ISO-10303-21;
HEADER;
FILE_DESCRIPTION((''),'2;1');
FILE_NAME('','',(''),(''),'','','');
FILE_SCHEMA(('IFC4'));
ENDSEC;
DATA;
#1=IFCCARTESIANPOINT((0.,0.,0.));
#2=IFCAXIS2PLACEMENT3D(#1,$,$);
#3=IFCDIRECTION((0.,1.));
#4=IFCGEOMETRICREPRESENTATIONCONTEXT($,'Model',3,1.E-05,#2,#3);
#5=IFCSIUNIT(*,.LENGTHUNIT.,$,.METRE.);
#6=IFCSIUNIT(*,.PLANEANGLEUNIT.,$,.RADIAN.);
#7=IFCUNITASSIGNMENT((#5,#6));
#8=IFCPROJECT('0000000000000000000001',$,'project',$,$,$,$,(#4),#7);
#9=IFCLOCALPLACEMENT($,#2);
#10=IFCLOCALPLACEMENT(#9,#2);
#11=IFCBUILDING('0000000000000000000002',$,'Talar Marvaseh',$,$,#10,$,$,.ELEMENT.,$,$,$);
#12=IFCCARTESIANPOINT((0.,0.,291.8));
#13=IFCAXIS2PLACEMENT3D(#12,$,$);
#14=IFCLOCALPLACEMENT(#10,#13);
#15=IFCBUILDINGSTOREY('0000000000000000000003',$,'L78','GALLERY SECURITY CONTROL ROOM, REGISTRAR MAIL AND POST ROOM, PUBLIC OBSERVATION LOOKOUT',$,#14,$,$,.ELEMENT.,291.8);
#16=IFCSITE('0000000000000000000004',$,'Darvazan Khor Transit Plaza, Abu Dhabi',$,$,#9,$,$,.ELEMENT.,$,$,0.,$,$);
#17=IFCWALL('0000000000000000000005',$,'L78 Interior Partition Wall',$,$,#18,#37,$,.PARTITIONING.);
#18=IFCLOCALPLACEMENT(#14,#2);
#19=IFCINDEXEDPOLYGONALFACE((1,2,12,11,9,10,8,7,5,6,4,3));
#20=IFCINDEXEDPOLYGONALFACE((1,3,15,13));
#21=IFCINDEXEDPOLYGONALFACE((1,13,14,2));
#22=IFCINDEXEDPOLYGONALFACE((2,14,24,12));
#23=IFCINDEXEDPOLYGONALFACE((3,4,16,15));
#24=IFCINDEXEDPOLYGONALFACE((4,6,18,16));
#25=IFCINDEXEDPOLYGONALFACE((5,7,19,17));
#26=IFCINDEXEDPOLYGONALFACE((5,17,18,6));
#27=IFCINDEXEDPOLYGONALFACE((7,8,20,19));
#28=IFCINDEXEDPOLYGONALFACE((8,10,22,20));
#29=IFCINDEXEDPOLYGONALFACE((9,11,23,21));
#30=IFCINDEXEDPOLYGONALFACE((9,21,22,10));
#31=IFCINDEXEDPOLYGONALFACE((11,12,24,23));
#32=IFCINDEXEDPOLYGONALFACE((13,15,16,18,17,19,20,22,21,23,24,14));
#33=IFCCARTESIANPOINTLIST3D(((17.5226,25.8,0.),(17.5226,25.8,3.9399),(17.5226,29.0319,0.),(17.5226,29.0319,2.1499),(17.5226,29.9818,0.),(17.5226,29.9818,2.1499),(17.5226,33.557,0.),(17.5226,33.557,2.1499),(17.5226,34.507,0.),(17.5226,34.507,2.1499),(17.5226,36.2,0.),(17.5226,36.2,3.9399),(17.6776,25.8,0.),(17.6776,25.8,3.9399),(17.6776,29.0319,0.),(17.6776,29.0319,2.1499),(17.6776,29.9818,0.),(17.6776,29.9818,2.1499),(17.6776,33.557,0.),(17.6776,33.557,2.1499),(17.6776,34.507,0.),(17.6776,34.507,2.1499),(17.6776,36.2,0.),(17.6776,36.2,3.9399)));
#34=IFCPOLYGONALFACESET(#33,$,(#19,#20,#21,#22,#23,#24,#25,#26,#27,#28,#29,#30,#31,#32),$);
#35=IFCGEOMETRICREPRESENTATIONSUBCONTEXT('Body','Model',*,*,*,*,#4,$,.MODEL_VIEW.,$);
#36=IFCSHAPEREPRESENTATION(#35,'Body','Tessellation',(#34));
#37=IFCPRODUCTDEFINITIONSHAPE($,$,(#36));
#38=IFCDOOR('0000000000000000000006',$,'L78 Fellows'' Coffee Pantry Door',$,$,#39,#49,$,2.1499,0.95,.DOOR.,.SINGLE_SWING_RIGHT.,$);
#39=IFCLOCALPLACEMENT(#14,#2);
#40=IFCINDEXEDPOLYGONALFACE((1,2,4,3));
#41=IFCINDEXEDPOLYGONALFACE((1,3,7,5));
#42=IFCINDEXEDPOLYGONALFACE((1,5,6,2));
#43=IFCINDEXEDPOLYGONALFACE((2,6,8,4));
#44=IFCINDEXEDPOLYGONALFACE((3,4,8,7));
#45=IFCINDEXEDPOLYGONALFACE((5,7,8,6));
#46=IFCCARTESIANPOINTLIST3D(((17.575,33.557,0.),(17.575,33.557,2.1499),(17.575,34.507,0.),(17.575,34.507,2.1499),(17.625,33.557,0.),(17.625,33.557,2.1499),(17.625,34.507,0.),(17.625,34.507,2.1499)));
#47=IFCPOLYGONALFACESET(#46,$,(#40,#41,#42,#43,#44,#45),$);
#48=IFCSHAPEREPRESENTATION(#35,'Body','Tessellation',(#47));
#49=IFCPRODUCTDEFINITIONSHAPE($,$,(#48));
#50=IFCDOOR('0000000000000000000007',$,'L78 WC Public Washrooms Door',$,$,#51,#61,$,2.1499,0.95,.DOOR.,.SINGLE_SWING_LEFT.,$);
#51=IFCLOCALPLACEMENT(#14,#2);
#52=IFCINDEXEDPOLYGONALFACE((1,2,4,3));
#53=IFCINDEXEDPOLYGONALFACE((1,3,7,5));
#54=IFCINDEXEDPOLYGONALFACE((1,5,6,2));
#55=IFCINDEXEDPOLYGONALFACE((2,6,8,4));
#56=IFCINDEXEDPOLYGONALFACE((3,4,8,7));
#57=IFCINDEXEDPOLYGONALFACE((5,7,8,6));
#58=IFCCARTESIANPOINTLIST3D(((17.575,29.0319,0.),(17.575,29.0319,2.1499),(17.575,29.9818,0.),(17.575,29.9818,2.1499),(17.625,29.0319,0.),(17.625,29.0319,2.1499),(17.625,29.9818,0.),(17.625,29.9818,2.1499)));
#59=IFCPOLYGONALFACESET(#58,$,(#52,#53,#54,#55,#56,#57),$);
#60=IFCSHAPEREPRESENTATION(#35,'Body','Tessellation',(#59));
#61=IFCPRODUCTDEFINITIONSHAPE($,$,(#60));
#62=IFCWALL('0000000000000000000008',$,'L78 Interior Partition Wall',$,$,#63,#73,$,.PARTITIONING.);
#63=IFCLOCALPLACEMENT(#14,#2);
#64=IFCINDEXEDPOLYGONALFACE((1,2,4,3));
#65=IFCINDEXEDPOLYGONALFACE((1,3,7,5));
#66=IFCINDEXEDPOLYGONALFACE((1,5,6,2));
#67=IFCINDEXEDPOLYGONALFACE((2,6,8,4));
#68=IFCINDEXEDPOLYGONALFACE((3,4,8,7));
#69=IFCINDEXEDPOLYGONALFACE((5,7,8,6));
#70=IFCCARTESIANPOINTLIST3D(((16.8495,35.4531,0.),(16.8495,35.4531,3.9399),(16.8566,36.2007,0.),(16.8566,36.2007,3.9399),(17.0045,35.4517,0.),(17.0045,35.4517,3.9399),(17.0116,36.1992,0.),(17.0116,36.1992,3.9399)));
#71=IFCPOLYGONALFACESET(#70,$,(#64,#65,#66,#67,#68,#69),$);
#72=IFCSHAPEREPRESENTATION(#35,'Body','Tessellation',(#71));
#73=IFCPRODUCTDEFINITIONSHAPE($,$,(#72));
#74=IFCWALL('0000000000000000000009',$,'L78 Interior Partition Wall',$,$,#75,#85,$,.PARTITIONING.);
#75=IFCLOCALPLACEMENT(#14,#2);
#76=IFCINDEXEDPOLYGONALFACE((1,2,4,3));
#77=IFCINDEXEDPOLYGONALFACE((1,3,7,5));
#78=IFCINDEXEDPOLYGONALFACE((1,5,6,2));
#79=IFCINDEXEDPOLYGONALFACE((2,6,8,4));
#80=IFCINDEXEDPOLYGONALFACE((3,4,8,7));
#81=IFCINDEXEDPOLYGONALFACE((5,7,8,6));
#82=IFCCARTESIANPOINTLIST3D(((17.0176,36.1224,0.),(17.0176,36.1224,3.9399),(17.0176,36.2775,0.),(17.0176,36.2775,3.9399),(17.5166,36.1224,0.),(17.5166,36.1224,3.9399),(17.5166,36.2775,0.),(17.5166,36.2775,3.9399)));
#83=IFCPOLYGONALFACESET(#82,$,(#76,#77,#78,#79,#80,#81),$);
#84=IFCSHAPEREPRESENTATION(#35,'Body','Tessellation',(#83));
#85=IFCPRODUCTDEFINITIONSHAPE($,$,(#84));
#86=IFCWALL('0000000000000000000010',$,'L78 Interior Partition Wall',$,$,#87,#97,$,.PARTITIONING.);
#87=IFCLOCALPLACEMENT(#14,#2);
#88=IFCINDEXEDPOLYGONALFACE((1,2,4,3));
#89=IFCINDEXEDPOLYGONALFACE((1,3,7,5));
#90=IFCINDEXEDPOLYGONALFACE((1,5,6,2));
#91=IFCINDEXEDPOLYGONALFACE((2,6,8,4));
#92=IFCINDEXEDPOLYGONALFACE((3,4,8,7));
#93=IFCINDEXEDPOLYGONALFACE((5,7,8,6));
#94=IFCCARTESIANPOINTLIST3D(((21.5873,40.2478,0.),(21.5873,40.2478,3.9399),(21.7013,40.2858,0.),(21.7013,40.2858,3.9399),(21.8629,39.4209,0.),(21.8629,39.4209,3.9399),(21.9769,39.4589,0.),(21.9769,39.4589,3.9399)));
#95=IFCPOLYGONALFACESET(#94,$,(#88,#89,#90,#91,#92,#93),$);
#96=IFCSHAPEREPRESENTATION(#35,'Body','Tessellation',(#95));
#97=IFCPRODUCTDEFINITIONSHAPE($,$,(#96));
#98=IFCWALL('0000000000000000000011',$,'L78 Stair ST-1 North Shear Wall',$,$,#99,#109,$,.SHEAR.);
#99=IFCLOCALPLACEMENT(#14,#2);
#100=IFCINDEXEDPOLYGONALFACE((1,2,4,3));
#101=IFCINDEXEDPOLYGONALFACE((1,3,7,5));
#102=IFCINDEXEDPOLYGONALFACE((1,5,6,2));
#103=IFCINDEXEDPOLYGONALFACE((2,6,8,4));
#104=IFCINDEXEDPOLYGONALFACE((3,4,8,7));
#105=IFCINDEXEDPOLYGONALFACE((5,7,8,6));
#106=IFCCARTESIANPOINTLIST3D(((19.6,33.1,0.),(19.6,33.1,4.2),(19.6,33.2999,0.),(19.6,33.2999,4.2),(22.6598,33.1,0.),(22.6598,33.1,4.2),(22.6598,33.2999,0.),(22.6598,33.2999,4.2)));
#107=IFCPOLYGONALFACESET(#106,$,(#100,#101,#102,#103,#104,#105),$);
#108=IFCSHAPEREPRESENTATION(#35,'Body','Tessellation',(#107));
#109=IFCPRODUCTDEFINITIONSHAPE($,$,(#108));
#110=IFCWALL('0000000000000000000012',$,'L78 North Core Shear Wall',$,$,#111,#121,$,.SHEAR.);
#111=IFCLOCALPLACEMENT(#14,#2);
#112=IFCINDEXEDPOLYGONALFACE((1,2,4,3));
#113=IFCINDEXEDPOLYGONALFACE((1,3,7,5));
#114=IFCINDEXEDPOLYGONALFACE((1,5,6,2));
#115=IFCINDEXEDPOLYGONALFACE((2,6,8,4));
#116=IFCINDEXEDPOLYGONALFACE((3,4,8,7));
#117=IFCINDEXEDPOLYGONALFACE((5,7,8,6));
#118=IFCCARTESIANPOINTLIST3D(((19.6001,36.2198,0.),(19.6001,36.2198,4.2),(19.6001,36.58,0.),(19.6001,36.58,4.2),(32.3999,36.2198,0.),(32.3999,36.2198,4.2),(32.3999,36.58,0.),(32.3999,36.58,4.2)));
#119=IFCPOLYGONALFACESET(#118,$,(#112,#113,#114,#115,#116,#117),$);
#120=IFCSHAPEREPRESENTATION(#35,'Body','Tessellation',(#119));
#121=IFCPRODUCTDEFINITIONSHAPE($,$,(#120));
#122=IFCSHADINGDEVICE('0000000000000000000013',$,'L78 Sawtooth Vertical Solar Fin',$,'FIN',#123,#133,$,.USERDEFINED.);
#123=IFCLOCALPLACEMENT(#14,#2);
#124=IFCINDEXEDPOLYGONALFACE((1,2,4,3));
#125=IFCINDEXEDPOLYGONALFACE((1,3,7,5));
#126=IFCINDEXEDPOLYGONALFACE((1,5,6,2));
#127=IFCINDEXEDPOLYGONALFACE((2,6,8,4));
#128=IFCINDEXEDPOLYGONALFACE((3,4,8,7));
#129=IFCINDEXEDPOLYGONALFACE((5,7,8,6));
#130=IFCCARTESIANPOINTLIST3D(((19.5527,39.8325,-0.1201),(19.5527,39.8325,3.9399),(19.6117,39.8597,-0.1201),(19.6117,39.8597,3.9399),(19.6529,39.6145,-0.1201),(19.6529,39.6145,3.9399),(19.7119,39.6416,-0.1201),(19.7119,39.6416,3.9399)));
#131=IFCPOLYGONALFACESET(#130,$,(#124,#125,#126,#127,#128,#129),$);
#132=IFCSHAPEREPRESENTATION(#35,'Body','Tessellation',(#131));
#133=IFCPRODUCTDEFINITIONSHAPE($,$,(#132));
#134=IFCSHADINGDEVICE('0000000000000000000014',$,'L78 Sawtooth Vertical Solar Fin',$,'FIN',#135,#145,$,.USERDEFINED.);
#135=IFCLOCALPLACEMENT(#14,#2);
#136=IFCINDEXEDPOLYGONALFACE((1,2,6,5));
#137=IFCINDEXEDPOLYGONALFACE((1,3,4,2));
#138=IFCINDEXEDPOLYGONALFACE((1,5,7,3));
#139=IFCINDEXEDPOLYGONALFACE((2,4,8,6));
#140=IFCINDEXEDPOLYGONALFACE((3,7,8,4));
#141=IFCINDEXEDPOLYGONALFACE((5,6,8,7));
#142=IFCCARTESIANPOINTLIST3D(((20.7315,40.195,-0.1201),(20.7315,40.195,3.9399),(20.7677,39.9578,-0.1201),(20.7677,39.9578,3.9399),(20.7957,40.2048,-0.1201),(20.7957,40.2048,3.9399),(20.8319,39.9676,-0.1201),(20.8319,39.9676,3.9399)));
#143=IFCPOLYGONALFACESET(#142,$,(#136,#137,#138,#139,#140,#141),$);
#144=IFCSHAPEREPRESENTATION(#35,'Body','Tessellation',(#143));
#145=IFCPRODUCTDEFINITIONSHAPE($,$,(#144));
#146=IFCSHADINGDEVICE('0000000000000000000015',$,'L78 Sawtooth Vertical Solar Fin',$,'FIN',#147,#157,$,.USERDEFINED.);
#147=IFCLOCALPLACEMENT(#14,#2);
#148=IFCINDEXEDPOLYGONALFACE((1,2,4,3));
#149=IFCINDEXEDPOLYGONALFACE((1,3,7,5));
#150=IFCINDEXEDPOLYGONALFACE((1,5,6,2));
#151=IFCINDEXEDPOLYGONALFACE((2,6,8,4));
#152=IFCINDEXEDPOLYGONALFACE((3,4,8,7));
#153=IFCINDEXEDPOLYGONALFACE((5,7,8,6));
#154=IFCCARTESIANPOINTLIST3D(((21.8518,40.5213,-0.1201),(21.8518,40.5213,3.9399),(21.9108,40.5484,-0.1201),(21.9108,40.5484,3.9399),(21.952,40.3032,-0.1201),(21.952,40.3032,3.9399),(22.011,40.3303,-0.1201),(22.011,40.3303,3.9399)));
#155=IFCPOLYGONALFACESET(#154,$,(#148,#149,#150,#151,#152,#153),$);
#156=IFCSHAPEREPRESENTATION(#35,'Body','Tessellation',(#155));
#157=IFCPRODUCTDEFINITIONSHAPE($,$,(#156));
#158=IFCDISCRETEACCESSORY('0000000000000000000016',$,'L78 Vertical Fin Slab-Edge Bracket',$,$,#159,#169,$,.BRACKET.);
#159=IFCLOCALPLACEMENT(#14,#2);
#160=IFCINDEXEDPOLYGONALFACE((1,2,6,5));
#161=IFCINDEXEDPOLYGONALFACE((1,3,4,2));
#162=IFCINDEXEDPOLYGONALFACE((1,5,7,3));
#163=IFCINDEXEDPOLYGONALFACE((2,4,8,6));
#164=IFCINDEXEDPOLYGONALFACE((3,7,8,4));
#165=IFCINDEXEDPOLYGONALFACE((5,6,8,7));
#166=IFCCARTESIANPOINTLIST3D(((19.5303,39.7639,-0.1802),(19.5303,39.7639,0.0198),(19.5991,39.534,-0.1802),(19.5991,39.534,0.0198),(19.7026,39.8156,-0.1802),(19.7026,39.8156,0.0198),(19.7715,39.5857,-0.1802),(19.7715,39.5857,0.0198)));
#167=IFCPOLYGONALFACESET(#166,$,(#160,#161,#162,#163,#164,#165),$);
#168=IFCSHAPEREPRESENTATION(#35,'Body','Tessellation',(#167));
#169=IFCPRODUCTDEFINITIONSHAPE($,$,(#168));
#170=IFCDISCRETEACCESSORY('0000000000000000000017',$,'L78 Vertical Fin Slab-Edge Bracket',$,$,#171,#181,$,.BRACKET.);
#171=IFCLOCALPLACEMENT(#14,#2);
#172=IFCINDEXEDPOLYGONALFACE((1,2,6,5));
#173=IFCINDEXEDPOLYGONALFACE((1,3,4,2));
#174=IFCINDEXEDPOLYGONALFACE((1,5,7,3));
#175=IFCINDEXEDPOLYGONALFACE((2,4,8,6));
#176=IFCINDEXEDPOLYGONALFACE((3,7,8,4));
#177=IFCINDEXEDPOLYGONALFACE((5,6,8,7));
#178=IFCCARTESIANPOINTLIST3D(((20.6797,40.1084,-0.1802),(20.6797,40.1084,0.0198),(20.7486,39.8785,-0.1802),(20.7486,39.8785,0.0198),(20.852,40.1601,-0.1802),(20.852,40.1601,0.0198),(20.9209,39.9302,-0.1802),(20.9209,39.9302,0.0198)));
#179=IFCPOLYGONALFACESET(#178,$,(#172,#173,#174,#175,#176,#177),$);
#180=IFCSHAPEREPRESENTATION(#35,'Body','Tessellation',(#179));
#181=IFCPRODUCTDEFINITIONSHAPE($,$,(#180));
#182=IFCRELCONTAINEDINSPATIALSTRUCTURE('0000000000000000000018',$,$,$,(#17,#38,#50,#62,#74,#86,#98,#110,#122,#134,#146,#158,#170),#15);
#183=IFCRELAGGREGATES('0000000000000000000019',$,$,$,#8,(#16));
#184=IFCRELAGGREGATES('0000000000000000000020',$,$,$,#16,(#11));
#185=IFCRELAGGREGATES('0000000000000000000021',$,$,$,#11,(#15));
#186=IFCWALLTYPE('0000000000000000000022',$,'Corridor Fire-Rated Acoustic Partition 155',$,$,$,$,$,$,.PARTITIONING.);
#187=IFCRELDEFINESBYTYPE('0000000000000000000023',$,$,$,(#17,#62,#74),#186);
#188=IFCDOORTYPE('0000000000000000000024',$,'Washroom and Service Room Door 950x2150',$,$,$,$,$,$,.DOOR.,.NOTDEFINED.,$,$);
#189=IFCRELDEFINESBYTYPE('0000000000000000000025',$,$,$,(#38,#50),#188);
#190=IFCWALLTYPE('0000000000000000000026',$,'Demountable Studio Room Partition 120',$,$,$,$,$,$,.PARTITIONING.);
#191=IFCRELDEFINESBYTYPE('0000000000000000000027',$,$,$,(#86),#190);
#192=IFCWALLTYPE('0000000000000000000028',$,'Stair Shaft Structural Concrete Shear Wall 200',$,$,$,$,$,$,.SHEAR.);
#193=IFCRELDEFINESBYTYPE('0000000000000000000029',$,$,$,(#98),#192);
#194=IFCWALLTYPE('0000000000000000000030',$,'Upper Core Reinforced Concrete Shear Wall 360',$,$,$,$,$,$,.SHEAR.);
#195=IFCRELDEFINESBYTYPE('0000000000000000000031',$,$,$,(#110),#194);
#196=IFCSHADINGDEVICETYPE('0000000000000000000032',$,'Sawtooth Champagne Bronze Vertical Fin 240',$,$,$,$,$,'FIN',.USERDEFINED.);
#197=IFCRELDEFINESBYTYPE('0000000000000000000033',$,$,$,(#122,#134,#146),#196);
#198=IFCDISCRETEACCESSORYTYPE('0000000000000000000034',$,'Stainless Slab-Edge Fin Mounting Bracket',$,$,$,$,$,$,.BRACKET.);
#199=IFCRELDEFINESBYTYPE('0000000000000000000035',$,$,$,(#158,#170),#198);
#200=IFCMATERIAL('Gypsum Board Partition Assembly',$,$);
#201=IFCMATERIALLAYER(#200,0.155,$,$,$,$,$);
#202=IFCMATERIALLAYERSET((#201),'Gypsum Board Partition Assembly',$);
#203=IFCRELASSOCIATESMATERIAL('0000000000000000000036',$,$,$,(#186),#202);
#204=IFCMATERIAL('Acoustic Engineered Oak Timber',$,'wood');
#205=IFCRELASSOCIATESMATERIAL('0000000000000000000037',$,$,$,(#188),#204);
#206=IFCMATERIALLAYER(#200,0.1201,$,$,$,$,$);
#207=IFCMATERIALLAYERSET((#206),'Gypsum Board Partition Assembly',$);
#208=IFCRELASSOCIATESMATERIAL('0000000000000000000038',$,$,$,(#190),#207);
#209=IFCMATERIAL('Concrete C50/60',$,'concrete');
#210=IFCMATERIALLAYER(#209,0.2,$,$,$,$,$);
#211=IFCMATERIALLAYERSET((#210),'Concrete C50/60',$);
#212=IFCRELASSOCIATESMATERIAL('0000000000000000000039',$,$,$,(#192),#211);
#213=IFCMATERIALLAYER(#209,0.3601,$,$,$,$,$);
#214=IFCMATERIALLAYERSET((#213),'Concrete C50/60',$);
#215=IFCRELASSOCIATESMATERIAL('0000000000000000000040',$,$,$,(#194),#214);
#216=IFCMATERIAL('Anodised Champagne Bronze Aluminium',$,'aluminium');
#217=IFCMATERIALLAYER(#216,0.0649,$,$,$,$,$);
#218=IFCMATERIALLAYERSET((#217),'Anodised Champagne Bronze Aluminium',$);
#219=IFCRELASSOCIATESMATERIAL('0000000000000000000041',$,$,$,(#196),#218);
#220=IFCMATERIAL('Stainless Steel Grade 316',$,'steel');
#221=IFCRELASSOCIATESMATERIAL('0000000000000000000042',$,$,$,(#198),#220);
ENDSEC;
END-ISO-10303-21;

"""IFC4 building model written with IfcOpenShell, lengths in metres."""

from ifc_helpers import new_model, si_unit, direction, frame, frame_2d, origin, origin_2d, place, context, subcontext, project, spatial, rectangle, extrude, source, transform, mapped, material, layer, layer_set, type_object, type_shapes, element, fill, save


model = new_model("IFC4")

# Units and contexts
model_context = context("Model", 3, precision=1e-05, world=origin(), true_north=direction((0.0, 1.0)))
body_context = subcontext(model_context, "Body", "Model", "MODEL_VIEW")
ifc_project = project(units=[si_unit("LENGTHUNIT", "METRE"), si_unit("PLANEANGLEUNIT", "RADIAN")], contexts=[model_context])

# Site, building, storey
site_placement = place(None, origin())
site = spatial("IfcSite", under=ifc_project, at=site_placement, Name="Darvazan Khor Transit Plaza, Abu Dhabi", CompositionType="ELEMENT", RefElevation=0.0)
building_placement = place(site_placement, origin())
building = spatial("IfcBuilding", under=site, at=building_placement, Name="Talar Marvaseh", CompositionType="ELEMENT")
storey_placement = place(building_placement, frame((0.0, 0.0, 291.8)))
storey = spatial("IfcBuildingStorey", under=building, at=storey_placement, Name="L78", Description="GALLERY SECURITY CONTROL ROOM, REGISTRAR MAIL AND POST ROOM, PUBLIC OBSERVATION LOOKOUT", CompositionType="ELEMENT", Elevation=291.8)

# Shared definitions
ifc_material_1 = material(Name="Concrete C50/60", Category="concrete")

# Wall, openings, doors
ifc_material_2 = material(Name="Gypsum Board Partition Assembly")
ifc_layer_1 = layer(ifc_material_2, 0.155)
ifc_layer_set_1 = layer_set([ifc_layer_1], Name="Gypsum Board Partition Assembly")
wall_type_1 = type_object("IfcWallType", Name="Corridor Fire-Rated Acoustic Partition 155", PredefinedType="PARTITIONING", material=ifc_layer_set_1)
wall_1_placement = place(storey_placement, frame((17.6001, 36.2, 0.0), z_axis=(0.0, 0.0, 1.0), x_axis=(0.0, -1.0, 0.0)))
wall_1 = element("IfcWall", 1, at=wall_1_placement, inside=storey, type_object=wall_type_1, Name="L78 Interior Partition Wall", PredefinedType="PARTITIONING", context=body_context, shape_type="SweptSolid", body=[
    extrude(rectangle(XDim=10.3999, YDim=0.155, at=frame_2d((5.2, 0.0))), origin(), (0.0, 0.0, 1.0), 3.9399),
])
opening_1_placement = place(wall_1_placement, frame((1.6929, 0.0, 0.0)))
opening_1 = element("IfcOpeningElement", 2, at=opening_1_placement, cuts=wall_1, PredefinedType="OPENING", context=body_context, shape_type="SweptSolid", body=[
    extrude(rectangle(XDim=0.95, YDim=2.1499, at=frame_2d((0.4751, 1.075))), frame((0.0, 0.0874, 0.0), z_axis=(0.0, -1.0, 0.0), x_axis=(1.0, 0.0, 0.0)), (0.0, 0.0, 1.0), 0.175),
])
opening_2_placement = place(wall_1_placement, frame((6.218, 0.0, 0.0)))
opening_2 = element("IfcOpeningElement", 3, at=opening_2_placement, cuts=wall_1, PredefinedType="OPENING", context=body_context, shape_type="SweptSolid", body=[
    extrude(rectangle(XDim=0.95, YDim=2.1499, at=frame_2d((0.4751, 1.075))), frame((0.0, 0.0874, 0.0), z_axis=(0.0, -1.0, 0.0), x_axis=(1.0, 0.0, 0.0)), (0.0, 0.0, 1.0), 0.175),
])
ifc_material_3 = material(Name="Acoustic Engineered Oak Timber", Category="wood")
door_type = type_object("IfcDoorType", Name="Washroom and Service Room Door 950x2150", OperationType="NOTDEFINED", PredefinedType="DOOR", material=ifc_material_3)
shared_shape_1 = source(origin(), body_context, "Body", "SweptSolid", [
    extrude(rectangle(XDim=0.95, YDim=2.1499, at=frame_2d((0.4751, 1.075))), frame((0.0, 0.0249, 0.0), z_axis=(0.0, -1.0, 0.0), x_axis=(1.0, 0.0, 0.0)), (0.0, 0.0, 1.0), 0.05),
])
type_shapes(door_type, [shared_shape_1])
door_1_placement = place(opening_1_placement, origin())
door_1 = element("IfcDoor", 4, at=door_1_placement, inside=storey, type_object=door_type, Name="L78 Fellows' Coffee Pantry Door", OperationType="SINGLE_SWING_RIGHT", OverallHeight=2.1499, OverallWidth=0.95, PredefinedType="DOOR", context=body_context, shape_type="MappedRepresentation", body=[
    mapped(shared_shape_1, transform((0.0, 0.0, 0.0), x_axis=(1.0, 0.0, 0.0), y_axis=(0.0, 1.0, 0.0), z_axis=(0.0, 0.0, 1.0), scale=1.0)),
])
fill(opening_1, door_1)
door_2_placement = place(opening_2_placement, origin())
door_2 = element("IfcDoor", 5, at=door_2_placement, inside=storey, type_object=door_type, Name="L78 WC Public Washrooms Door", OperationType="SINGLE_SWING_LEFT", OverallHeight=2.1499, OverallWidth=0.95, PredefinedType="DOOR", context=body_context, shape_type="MappedRepresentation", body=[
    mapped(shared_shape_1, transform((0.0, 0.0, 0.0), x_axis=(1.0, 0.0, 0.0), y_axis=(0.0, 1.0, 0.0), z_axis=(0.0, 0.0, 1.0), scale=1.0)),
])
fill(opening_2, door_2)

# Walls
wall_2_placement = place(storey_placement, frame((16.927, 35.4524, 0.0), z_axis=(0.0, 0.0, 1.0), x_axis=(0.009471, 0.999955, 0.0)))
element("IfcWall", 6, at=wall_2_placement, inside=storey, type_object=wall_type_1, Name="L78 Interior Partition Wall", PredefinedType="PARTITIONING", context=body_context, shape_type="SweptSolid", body=[
    extrude(rectangle(XDim=0.7476, YDim=0.155, at=frame_2d((0.3738, 0.0))), origin(), (0.0, 0.0, 1.0), 3.9399),
])
wall_3_placement = place(storey_placement, frame((17.0176, 36.2, 0.0), z_axis=(0.0, 0.0, 1.0), x_axis=(1.0, 0.0, 0.0)))
element("IfcWall", 7, at=wall_3_placement, inside=storey, type_object=wall_type_1, Name="L78 Interior Partition Wall", PredefinedType="PARTITIONING", context=body_context, shape_type="SweptSolid", body=[
    extrude(rectangle(XDim=0.499, YDim=0.155, at=frame_2d((0.2495, 0.0))), origin(), (0.0, 0.0, 1.0), 3.9399),
])
ifc_layer_2 = layer(ifc_material_2, 0.1201)
ifc_layer_set_2 = layer_set([ifc_layer_2], Name="Gypsum Board Partition Assembly")
wall_type_2 = type_object("IfcWallType", Name="Demountable Studio Room Partition 120", PredefinedType="PARTITIONING", material=ifc_layer_set_2)
wall_4_placement = place(storey_placement, frame((21.9199, 39.4399, 0.0), z_axis=(0.0, 0.0, 1.0), x_axis=(-0.316228, 0.948683, 0.0)))
element("IfcWall", 8, at=wall_4_placement, inside=storey, type_object=wall_type_2, Name="L78 Interior Partition Wall", PredefinedType="PARTITIONING", context=body_context, shape_type="SweptSolid", body=[
    extrude(rectangle(XDim=0.8716, YDim=0.1201, at=frame_2d((0.4358, 0.0))), origin(), (0.0, 0.0, 1.0), 3.9399),
])
ifc_layer_3 = layer(ifc_material_1, 0.2)
ifc_layer_set_3 = layer_set([ifc_layer_3], Name="Concrete C50/60")
wall_type_3 = type_object("IfcWallType", Name="Stair Shaft Structural Concrete Shear Wall 200", PredefinedType="SHEAR", material=ifc_layer_set_3)
wall_5_placement = place(storey_placement, frame((19.6001, 33.2, 0.0), z_axis=(0.0, 0.0, 1.0), x_axis=(1.0, 0.0, 0.0)))
element("IfcWall", 9, at=wall_5_placement, inside=storey, type_object=wall_type_3, Name="L78 Stair ST-1 North Shear Wall", PredefinedType="SHEAR", context=body_context, shape_type="SweptSolid", body=[
    extrude(rectangle(XDim=3.0598, YDim=0.2, at=frame_2d((1.5298, 0.0))), origin(), (0.0, 0.0, 1.0), 4.2),
])
ifc_layer_4 = layer(ifc_material_1, 0.3601)
ifc_layer_set_4 = layer_set([ifc_layer_4], Name="Concrete C50/60")
wall_type_4 = type_object("IfcWallType", Name="Upper Core Reinforced Concrete Shear Wall 360", PredefinedType="SHEAR", material=ifc_layer_set_4)
wall_6_placement = place(storey_placement, frame((19.6001, 36.3999, 0.0), z_axis=(0.0, 0.0, 1.0), x_axis=(1.0, 0.0, 0.0)))
element("IfcWall", 10, at=wall_6_placement, inside=storey, type_object=wall_type_4, Name="L78 North Core Shear Wall", PredefinedType="SHEAR", context=body_context, shape_type="SweptSolid", body=[
    extrude(rectangle(XDim=12.7998, YDim=0.3601, at=frame_2d((6.3999, 0.0))), origin(), (0.0, 0.0, 1.0), 4.2),
])

# Shading devices
ifc_material_4 = material(Name="Anodised Champagne Bronze Aluminium", Category="aluminium")
ifc_layer_5 = layer(ifc_material_4, 0.0649)
ifc_layer_set_5 = layer_set([ifc_layer_5], Name="Anodised Champagne Bronze Aluminium")
shading_device_type = type_object("IfcShadingDeviceType", Name="Sawtooth Champagne Bronze Vertical Fin 240", ElementType="FIN", PredefinedType="USERDEFINED", material=ifc_layer_set_5)
shared_shape_2 = source(origin(), body_context, "Body", "SweptSolid", [
    extrude(rectangle(XDim=0.24, YDim=0.0649, at=origin_2d()), origin(), (0.0, 0.0, 1.0), 4.0601),
])
type_shapes(shading_device_type, [shared_shape_2])
for number, where, z_axis, x_axis, name in (
    (11, (19.6323, 39.7371, -0.1201), (0.0, 0.0, 1.0), (-0.41755, 0.908654, 0.0), "L78 Sawtooth Vertical Solar Fin"),
    (12, (20.7817, 40.0813, -0.1201), (0.0, 0.0, 1.0), (-0.150916, 0.988547, 0.0), "L78 Sawtooth Vertical Solar Fin"),
    (13, (21.9314, 40.4258, -0.1201), (0.0, 0.0, 1.0), (-0.41755, 0.908654, 0.0), "L78 Sawtooth Vertical Solar Fin"),
):
    element("IfcShadingDevice", number, at=place(storey_placement, frame(where, z_axis=z_axis, x_axis=x_axis)), inside=storey, type_object=shading_device_type, Name=name, ObjectType="FIN", PredefinedType="USERDEFINED", context=body_context, shape_type="MappedRepresentation", body=[
        mapped(shared_shape_2, transform((0.0, 0.0, 0.0), x_axis=(1.0, 0.0, 0.0), y_axis=(0.0, 1.0, 0.0), z_axis=(0.0, 0.0, 1.0), scale=1.0)),
    ])

# Discrete accessories
ifc_material_5 = material(Name="Stainless Steel Grade 316", Category="steel")
discrete_accessory_type = type_object("IfcDiscreteAccessoryType", Name="Stainless Slab-Edge Fin Mounting Bracket", PredefinedType="BRACKET", material=ifc_material_5)
shared_shape_3 = source(origin(), body_context, "Body", "SweptSolid", [
    extrude(rectangle(XDim=0.24, YDim=0.1799, at=origin_2d()), origin(), (0.0, 0.0, 1.0), 0.2),
])
type_shapes(discrete_accessory_type, [shared_shape_3])
for number, where, z_axis, x_axis, name in (
    (14, (19.6509, 39.6748, -0.1802), (0.0, 0.0, 1.0), (-0.287026, 0.957923, 0.0), "L78 Vertical Fin Slab-Edge Bracket"),
    (15, (20.8003, 40.0193, -0.1802), (0.0, 0.0, 1.0), (-0.287026, 0.957923, 0.0), "L78 Vertical Fin Slab-Edge Bracket"),
):
    element("IfcDiscreteAccessory", number, at=place(storey_placement, frame(where, z_axis=z_axis, x_axis=x_axis)), inside=storey, type_object=discrete_accessory_type, Name=name, PredefinedType="BRACKET", context=body_context, shape_type="MappedRepresentation", body=[
        mapped(shared_shape_3, transform((0.0, 0.0, 0.0), x_axis=(1.0, 0.0, 0.0), y_axis=(0.0, 1.0, 0.0), z_axis=(0.0, 0.0, 1.0), scale=1.0)),
    ])

save(model, "model.ifc")
